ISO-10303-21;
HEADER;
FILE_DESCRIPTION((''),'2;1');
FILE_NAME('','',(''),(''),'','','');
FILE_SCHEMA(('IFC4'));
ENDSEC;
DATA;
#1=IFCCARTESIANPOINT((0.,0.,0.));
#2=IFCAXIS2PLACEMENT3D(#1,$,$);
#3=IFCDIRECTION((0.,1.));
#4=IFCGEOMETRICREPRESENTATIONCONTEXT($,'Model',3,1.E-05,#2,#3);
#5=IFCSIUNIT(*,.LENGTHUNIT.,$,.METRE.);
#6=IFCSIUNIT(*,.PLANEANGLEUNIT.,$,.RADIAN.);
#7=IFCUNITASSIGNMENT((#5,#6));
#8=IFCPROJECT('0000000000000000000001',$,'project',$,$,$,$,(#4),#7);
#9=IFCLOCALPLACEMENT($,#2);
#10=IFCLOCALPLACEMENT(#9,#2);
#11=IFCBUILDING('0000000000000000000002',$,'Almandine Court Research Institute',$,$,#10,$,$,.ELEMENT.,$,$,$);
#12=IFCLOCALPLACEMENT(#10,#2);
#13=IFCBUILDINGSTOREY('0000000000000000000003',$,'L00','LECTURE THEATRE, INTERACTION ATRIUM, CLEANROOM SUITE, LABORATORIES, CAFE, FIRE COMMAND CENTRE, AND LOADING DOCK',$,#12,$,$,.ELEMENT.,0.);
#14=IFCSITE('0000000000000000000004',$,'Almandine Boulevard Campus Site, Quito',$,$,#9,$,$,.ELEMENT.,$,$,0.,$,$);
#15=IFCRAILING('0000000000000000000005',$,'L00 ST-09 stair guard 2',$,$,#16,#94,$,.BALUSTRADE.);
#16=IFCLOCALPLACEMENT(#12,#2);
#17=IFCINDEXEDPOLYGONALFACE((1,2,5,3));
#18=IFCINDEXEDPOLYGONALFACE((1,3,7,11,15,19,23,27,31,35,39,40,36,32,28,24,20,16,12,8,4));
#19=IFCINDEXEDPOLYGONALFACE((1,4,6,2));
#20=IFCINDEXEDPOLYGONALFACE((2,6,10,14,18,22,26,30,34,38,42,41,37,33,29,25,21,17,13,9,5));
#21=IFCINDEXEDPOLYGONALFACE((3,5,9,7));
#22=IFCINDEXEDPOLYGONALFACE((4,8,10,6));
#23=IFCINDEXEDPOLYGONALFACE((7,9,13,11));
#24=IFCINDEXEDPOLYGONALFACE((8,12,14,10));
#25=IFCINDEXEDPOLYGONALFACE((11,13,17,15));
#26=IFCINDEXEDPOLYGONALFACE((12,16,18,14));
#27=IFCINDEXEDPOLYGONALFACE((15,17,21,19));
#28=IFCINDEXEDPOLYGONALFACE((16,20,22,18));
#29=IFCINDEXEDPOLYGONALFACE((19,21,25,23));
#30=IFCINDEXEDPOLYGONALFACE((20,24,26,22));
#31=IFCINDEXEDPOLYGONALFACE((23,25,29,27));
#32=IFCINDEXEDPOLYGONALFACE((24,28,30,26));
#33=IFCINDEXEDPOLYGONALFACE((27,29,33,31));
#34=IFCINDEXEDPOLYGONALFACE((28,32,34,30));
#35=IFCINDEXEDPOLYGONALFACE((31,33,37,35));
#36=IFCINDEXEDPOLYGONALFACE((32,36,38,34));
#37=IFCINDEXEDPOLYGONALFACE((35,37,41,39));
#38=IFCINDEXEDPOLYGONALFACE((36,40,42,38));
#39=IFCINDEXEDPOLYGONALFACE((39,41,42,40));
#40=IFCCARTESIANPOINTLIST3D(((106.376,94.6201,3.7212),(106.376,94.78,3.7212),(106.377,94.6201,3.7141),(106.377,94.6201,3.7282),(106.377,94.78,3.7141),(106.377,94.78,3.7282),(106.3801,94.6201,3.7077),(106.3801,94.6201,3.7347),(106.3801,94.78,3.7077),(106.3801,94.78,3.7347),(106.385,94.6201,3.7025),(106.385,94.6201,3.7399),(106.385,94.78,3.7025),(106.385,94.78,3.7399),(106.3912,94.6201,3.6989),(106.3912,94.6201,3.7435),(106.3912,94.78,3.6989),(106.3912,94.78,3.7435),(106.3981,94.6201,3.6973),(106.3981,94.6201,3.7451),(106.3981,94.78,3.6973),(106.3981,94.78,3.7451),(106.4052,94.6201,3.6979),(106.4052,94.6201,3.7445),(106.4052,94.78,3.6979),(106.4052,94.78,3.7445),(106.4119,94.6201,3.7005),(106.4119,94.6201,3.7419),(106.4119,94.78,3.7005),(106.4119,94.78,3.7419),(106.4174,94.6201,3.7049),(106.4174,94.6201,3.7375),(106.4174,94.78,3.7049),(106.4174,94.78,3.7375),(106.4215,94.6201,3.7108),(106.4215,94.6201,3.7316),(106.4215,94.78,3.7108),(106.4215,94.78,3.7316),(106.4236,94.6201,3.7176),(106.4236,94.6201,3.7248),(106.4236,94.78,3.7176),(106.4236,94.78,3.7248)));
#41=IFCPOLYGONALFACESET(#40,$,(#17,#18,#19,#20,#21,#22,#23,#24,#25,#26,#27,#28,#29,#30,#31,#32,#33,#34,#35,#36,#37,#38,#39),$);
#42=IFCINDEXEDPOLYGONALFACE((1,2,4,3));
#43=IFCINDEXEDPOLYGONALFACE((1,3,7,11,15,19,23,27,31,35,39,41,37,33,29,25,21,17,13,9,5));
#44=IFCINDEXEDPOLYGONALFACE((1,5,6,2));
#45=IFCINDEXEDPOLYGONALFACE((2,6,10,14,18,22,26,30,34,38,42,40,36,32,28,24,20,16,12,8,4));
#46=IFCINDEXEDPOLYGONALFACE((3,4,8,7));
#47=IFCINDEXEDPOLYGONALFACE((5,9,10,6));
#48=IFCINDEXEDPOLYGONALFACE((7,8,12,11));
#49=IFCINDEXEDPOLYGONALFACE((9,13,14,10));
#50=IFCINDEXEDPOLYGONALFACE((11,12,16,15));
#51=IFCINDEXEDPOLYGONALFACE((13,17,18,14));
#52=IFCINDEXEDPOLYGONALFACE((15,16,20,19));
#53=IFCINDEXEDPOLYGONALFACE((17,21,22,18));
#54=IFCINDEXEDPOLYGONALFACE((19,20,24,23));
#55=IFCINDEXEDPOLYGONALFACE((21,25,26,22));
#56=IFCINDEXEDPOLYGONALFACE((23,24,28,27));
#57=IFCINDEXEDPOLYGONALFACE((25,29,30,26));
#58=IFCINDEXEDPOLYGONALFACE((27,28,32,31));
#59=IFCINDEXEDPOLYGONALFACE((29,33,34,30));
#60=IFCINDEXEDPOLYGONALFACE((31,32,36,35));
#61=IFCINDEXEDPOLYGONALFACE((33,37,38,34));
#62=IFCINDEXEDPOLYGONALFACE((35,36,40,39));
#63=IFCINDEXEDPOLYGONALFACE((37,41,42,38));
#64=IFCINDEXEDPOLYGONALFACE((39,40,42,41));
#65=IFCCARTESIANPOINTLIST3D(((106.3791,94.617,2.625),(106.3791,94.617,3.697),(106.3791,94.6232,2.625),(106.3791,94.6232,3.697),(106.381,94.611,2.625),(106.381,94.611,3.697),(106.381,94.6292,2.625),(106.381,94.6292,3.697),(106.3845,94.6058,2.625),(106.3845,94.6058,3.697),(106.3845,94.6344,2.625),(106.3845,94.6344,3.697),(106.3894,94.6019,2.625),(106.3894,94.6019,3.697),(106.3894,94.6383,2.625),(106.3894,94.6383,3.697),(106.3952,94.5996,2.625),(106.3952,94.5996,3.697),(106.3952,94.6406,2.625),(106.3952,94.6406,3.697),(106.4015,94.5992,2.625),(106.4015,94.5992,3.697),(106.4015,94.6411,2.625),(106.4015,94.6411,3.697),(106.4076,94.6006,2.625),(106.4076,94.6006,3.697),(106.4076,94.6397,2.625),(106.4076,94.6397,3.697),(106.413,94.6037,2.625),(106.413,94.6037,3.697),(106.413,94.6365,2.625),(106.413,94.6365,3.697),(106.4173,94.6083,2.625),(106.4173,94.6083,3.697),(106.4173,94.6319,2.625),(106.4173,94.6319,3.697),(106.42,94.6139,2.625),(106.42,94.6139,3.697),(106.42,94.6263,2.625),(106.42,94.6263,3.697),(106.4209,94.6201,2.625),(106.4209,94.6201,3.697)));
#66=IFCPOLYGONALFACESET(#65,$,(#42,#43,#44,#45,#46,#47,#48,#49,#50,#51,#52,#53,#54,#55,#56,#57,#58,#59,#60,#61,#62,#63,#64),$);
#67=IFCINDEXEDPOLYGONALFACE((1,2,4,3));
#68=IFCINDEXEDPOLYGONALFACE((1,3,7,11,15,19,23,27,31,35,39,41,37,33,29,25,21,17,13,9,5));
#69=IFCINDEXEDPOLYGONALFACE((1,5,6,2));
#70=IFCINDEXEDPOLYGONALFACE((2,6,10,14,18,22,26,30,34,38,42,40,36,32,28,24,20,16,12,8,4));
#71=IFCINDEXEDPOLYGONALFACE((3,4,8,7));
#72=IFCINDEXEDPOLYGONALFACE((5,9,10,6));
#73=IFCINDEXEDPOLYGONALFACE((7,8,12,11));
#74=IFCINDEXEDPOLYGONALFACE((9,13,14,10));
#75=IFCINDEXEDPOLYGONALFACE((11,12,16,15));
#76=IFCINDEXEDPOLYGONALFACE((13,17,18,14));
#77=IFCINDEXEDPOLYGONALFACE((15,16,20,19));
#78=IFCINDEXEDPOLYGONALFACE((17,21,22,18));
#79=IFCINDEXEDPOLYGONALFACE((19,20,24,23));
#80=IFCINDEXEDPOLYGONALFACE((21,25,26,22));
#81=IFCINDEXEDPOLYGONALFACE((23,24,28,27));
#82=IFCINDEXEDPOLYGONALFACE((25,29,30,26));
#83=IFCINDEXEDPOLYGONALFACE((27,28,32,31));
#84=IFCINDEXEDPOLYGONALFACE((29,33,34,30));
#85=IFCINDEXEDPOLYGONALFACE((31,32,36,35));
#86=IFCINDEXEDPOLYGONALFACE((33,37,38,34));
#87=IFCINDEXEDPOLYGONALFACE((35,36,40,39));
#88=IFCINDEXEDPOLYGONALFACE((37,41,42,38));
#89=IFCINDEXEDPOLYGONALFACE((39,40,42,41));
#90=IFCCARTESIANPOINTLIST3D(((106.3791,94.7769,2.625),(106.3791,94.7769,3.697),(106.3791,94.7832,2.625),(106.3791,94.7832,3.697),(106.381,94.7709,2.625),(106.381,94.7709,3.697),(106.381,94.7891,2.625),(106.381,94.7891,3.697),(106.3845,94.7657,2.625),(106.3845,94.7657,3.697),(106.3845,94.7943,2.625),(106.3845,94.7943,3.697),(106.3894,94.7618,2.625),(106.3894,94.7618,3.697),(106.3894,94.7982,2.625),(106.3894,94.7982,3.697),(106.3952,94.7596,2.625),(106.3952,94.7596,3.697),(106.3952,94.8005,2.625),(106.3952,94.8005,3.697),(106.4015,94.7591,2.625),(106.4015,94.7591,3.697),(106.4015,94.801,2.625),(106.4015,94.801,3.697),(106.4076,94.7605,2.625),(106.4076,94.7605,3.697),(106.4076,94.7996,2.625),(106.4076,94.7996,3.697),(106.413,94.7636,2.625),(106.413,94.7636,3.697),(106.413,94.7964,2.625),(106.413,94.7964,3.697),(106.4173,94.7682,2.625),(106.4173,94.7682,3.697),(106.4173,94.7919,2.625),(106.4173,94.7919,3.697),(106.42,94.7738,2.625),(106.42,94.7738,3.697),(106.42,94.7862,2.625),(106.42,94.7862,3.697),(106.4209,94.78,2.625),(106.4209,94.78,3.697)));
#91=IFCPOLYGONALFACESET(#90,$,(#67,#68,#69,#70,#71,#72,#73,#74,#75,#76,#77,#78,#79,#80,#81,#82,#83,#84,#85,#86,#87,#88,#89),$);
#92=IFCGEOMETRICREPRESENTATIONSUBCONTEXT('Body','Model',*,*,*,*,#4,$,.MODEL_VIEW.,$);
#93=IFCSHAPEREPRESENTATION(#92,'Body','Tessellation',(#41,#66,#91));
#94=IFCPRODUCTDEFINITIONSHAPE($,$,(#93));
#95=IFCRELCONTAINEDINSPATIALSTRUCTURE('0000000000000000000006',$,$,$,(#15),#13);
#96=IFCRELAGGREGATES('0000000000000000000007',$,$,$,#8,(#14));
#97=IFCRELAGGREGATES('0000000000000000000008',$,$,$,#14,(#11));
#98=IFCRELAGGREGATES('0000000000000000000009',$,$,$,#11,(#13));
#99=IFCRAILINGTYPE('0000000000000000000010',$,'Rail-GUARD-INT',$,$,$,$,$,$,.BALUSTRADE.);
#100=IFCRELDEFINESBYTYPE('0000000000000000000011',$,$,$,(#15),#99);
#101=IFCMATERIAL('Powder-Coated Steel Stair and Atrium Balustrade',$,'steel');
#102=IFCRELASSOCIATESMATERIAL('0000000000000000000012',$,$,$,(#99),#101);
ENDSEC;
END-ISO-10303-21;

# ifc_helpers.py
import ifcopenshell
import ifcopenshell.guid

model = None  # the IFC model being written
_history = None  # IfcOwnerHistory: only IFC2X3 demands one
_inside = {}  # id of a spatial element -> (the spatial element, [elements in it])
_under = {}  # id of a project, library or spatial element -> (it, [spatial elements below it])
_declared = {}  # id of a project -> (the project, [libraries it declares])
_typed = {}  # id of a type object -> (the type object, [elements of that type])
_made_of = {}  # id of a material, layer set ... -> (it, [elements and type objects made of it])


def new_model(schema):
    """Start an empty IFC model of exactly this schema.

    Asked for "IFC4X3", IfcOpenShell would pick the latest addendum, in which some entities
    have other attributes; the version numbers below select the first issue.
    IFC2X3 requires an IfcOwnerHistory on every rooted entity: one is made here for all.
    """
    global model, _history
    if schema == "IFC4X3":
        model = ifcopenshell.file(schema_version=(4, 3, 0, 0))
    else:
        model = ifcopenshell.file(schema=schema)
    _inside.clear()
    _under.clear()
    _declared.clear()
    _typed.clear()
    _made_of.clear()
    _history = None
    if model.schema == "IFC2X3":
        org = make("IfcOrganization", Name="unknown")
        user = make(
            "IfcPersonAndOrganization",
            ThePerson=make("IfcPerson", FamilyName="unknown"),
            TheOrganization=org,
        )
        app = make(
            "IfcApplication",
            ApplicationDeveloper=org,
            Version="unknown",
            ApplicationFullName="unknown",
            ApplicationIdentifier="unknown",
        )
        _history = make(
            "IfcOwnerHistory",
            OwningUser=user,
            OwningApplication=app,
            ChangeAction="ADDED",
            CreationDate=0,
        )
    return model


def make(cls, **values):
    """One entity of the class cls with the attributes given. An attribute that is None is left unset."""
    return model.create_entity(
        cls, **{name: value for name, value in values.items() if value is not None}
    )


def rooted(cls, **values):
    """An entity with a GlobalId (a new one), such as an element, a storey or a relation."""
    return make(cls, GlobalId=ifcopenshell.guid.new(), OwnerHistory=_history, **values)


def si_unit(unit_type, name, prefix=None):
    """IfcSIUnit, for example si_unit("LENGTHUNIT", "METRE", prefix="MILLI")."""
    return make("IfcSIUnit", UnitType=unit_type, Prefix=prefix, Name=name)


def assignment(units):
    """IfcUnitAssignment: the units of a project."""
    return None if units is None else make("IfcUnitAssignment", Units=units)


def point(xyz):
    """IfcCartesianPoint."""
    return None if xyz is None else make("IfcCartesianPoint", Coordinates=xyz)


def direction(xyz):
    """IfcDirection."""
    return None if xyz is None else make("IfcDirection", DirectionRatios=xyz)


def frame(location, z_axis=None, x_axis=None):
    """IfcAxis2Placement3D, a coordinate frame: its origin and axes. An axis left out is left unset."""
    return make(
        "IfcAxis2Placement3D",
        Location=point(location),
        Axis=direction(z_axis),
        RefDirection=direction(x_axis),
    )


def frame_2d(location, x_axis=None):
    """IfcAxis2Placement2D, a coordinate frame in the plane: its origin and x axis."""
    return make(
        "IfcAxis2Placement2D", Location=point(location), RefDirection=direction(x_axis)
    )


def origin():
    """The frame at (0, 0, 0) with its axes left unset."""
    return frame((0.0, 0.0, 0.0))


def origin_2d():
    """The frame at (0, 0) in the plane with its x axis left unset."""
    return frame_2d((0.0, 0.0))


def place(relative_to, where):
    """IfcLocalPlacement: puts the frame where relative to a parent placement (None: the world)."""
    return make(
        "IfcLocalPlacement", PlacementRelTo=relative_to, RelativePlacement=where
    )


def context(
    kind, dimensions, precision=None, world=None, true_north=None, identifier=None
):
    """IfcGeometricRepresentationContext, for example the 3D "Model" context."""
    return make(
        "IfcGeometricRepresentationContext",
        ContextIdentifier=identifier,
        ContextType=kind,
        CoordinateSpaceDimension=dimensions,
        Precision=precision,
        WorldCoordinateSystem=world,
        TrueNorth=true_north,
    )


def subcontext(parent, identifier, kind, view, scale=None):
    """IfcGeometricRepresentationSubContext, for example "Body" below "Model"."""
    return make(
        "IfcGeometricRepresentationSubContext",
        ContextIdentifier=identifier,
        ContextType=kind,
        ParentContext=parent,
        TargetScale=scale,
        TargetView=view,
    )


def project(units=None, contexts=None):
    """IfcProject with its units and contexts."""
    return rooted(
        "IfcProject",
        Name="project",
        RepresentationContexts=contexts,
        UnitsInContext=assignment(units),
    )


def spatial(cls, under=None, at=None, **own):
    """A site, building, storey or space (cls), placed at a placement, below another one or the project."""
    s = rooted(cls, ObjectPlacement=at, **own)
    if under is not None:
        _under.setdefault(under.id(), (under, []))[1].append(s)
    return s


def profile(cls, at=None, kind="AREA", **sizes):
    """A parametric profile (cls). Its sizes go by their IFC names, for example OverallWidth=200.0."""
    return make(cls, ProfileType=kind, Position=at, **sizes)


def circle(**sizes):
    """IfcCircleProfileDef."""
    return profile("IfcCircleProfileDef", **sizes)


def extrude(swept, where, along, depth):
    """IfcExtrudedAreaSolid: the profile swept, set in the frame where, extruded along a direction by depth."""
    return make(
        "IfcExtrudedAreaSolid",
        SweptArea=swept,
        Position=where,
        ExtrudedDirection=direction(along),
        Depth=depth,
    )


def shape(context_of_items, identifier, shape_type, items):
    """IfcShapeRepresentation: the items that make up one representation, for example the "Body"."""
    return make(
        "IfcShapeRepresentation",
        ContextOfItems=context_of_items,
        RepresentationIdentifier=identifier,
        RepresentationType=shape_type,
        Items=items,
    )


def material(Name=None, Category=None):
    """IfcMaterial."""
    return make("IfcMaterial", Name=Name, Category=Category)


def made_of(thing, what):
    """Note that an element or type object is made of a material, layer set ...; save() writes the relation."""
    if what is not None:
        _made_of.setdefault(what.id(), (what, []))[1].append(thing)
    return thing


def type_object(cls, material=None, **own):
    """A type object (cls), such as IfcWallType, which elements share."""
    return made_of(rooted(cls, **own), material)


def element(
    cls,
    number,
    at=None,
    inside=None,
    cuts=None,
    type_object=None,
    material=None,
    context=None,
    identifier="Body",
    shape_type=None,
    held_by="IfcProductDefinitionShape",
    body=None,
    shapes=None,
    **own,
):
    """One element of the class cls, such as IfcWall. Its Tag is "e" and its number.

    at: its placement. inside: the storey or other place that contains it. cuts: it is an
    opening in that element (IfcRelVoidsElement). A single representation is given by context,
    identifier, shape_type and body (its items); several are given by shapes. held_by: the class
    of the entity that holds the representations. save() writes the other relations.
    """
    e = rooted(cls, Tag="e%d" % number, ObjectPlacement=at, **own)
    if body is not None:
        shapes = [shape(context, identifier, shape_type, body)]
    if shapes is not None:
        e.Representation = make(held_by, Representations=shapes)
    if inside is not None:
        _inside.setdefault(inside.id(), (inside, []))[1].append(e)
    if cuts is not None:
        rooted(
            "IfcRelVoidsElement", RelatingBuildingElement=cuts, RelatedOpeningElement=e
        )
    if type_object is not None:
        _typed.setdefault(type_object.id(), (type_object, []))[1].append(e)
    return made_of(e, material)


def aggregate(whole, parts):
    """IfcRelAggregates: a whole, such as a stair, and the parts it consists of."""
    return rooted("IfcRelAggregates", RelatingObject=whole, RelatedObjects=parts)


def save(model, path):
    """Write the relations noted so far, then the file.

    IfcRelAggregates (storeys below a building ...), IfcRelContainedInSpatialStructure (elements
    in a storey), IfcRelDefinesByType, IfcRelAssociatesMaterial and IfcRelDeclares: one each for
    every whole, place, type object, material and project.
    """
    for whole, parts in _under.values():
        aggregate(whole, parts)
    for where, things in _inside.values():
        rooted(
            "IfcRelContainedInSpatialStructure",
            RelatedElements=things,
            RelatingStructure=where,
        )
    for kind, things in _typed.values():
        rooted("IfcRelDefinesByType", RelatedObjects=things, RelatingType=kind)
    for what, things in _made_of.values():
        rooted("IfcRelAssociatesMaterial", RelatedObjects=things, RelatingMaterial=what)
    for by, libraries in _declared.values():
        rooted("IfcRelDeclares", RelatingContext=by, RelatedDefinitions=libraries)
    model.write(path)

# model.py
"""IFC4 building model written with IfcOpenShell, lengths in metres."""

from ifc_helpers import new_model, si_unit, direction, frame, origin, origin_2d, place, context, subcontext, project, spatial, circle, extrude, material, type_object, element, save


model = new_model("IFC4")

# Units and contexts
model_context = context("Model", 3, precision=1e-05, world=origin(), true_north=direction((0.0, 1.0)))
body_context = subcontext(model_context, "Body", "Model", "MODEL_VIEW")
ifc_project = project(units=[si_unit("LENGTHUNIT", "METRE"), si_unit("PLANEANGLEUNIT", "RADIAN")], contexts=[model_context])

# Site, building, storey
site_placement = place(None, origin())
site = spatial("IfcSite", under=ifc_project, at=site_placement, Name="Almandine Boulevard Campus Site, Quito", CompositionType="ELEMENT", RefElevation=0.0)
building_placement = place(site_placement, origin())
building = spatial("IfcBuilding", under=site, at=building_placement, Name="Almandine Court Research Institute", CompositionType="ELEMENT")
storey_placement = place(building_placement, origin())
storey = spatial("IfcBuildingStorey", under=building, at=storey_placement, Name="L00", Description="LECTURE THEATRE, INTERACTION ATRIUM, CLEANROOM SUITE, LABORATORIES, CAFE, FIRE COMMAND CENTRE, AND LOADING DOCK", CompositionType="ELEMENT", Elevation=0.0)

# Railing
ifc_material_1 = material(Name="Powder-Coated Steel Stair and Atrium Balustrade", Category="steel")
railing_type_1 = type_object("IfcRailingType", Name="Rail-GUARD-INT", PredefinedType="BALUSTRADE", material=ifc_material_1)
railing_1_placement = place(storey_placement, frame((106.3999, 94.6201, 2.625)))
element("IfcRailing", 1, at=railing_1_placement, inside=storey, type_object=railing_type_1, Name="L00 ST-09 stair guard 2", PredefinedType="BALUSTRADE", context=body_context, shape_type="SweptSolid", body=[
    extrude(circle(Radius=0.0239, at=origin_2d()), frame((0.0, 0.0, 1.0962), z_axis=(0.0, 1.0, 0.0), x_axis=(-1.0, 0.0, 0.0)), (0.0, 0.0, 1.0), 0.1599),
    extrude(circle(Radius=0.021, at=origin_2d()), origin(), (0.0, 0.0, 1.0), 1.072),
    extrude(circle(Radius=0.021, at=origin_2d()), frame((0.0, 0.1599, 0.0)), (0.0, 0.0, 1.0), 1.072),
])

save(model, "model.ifc")
